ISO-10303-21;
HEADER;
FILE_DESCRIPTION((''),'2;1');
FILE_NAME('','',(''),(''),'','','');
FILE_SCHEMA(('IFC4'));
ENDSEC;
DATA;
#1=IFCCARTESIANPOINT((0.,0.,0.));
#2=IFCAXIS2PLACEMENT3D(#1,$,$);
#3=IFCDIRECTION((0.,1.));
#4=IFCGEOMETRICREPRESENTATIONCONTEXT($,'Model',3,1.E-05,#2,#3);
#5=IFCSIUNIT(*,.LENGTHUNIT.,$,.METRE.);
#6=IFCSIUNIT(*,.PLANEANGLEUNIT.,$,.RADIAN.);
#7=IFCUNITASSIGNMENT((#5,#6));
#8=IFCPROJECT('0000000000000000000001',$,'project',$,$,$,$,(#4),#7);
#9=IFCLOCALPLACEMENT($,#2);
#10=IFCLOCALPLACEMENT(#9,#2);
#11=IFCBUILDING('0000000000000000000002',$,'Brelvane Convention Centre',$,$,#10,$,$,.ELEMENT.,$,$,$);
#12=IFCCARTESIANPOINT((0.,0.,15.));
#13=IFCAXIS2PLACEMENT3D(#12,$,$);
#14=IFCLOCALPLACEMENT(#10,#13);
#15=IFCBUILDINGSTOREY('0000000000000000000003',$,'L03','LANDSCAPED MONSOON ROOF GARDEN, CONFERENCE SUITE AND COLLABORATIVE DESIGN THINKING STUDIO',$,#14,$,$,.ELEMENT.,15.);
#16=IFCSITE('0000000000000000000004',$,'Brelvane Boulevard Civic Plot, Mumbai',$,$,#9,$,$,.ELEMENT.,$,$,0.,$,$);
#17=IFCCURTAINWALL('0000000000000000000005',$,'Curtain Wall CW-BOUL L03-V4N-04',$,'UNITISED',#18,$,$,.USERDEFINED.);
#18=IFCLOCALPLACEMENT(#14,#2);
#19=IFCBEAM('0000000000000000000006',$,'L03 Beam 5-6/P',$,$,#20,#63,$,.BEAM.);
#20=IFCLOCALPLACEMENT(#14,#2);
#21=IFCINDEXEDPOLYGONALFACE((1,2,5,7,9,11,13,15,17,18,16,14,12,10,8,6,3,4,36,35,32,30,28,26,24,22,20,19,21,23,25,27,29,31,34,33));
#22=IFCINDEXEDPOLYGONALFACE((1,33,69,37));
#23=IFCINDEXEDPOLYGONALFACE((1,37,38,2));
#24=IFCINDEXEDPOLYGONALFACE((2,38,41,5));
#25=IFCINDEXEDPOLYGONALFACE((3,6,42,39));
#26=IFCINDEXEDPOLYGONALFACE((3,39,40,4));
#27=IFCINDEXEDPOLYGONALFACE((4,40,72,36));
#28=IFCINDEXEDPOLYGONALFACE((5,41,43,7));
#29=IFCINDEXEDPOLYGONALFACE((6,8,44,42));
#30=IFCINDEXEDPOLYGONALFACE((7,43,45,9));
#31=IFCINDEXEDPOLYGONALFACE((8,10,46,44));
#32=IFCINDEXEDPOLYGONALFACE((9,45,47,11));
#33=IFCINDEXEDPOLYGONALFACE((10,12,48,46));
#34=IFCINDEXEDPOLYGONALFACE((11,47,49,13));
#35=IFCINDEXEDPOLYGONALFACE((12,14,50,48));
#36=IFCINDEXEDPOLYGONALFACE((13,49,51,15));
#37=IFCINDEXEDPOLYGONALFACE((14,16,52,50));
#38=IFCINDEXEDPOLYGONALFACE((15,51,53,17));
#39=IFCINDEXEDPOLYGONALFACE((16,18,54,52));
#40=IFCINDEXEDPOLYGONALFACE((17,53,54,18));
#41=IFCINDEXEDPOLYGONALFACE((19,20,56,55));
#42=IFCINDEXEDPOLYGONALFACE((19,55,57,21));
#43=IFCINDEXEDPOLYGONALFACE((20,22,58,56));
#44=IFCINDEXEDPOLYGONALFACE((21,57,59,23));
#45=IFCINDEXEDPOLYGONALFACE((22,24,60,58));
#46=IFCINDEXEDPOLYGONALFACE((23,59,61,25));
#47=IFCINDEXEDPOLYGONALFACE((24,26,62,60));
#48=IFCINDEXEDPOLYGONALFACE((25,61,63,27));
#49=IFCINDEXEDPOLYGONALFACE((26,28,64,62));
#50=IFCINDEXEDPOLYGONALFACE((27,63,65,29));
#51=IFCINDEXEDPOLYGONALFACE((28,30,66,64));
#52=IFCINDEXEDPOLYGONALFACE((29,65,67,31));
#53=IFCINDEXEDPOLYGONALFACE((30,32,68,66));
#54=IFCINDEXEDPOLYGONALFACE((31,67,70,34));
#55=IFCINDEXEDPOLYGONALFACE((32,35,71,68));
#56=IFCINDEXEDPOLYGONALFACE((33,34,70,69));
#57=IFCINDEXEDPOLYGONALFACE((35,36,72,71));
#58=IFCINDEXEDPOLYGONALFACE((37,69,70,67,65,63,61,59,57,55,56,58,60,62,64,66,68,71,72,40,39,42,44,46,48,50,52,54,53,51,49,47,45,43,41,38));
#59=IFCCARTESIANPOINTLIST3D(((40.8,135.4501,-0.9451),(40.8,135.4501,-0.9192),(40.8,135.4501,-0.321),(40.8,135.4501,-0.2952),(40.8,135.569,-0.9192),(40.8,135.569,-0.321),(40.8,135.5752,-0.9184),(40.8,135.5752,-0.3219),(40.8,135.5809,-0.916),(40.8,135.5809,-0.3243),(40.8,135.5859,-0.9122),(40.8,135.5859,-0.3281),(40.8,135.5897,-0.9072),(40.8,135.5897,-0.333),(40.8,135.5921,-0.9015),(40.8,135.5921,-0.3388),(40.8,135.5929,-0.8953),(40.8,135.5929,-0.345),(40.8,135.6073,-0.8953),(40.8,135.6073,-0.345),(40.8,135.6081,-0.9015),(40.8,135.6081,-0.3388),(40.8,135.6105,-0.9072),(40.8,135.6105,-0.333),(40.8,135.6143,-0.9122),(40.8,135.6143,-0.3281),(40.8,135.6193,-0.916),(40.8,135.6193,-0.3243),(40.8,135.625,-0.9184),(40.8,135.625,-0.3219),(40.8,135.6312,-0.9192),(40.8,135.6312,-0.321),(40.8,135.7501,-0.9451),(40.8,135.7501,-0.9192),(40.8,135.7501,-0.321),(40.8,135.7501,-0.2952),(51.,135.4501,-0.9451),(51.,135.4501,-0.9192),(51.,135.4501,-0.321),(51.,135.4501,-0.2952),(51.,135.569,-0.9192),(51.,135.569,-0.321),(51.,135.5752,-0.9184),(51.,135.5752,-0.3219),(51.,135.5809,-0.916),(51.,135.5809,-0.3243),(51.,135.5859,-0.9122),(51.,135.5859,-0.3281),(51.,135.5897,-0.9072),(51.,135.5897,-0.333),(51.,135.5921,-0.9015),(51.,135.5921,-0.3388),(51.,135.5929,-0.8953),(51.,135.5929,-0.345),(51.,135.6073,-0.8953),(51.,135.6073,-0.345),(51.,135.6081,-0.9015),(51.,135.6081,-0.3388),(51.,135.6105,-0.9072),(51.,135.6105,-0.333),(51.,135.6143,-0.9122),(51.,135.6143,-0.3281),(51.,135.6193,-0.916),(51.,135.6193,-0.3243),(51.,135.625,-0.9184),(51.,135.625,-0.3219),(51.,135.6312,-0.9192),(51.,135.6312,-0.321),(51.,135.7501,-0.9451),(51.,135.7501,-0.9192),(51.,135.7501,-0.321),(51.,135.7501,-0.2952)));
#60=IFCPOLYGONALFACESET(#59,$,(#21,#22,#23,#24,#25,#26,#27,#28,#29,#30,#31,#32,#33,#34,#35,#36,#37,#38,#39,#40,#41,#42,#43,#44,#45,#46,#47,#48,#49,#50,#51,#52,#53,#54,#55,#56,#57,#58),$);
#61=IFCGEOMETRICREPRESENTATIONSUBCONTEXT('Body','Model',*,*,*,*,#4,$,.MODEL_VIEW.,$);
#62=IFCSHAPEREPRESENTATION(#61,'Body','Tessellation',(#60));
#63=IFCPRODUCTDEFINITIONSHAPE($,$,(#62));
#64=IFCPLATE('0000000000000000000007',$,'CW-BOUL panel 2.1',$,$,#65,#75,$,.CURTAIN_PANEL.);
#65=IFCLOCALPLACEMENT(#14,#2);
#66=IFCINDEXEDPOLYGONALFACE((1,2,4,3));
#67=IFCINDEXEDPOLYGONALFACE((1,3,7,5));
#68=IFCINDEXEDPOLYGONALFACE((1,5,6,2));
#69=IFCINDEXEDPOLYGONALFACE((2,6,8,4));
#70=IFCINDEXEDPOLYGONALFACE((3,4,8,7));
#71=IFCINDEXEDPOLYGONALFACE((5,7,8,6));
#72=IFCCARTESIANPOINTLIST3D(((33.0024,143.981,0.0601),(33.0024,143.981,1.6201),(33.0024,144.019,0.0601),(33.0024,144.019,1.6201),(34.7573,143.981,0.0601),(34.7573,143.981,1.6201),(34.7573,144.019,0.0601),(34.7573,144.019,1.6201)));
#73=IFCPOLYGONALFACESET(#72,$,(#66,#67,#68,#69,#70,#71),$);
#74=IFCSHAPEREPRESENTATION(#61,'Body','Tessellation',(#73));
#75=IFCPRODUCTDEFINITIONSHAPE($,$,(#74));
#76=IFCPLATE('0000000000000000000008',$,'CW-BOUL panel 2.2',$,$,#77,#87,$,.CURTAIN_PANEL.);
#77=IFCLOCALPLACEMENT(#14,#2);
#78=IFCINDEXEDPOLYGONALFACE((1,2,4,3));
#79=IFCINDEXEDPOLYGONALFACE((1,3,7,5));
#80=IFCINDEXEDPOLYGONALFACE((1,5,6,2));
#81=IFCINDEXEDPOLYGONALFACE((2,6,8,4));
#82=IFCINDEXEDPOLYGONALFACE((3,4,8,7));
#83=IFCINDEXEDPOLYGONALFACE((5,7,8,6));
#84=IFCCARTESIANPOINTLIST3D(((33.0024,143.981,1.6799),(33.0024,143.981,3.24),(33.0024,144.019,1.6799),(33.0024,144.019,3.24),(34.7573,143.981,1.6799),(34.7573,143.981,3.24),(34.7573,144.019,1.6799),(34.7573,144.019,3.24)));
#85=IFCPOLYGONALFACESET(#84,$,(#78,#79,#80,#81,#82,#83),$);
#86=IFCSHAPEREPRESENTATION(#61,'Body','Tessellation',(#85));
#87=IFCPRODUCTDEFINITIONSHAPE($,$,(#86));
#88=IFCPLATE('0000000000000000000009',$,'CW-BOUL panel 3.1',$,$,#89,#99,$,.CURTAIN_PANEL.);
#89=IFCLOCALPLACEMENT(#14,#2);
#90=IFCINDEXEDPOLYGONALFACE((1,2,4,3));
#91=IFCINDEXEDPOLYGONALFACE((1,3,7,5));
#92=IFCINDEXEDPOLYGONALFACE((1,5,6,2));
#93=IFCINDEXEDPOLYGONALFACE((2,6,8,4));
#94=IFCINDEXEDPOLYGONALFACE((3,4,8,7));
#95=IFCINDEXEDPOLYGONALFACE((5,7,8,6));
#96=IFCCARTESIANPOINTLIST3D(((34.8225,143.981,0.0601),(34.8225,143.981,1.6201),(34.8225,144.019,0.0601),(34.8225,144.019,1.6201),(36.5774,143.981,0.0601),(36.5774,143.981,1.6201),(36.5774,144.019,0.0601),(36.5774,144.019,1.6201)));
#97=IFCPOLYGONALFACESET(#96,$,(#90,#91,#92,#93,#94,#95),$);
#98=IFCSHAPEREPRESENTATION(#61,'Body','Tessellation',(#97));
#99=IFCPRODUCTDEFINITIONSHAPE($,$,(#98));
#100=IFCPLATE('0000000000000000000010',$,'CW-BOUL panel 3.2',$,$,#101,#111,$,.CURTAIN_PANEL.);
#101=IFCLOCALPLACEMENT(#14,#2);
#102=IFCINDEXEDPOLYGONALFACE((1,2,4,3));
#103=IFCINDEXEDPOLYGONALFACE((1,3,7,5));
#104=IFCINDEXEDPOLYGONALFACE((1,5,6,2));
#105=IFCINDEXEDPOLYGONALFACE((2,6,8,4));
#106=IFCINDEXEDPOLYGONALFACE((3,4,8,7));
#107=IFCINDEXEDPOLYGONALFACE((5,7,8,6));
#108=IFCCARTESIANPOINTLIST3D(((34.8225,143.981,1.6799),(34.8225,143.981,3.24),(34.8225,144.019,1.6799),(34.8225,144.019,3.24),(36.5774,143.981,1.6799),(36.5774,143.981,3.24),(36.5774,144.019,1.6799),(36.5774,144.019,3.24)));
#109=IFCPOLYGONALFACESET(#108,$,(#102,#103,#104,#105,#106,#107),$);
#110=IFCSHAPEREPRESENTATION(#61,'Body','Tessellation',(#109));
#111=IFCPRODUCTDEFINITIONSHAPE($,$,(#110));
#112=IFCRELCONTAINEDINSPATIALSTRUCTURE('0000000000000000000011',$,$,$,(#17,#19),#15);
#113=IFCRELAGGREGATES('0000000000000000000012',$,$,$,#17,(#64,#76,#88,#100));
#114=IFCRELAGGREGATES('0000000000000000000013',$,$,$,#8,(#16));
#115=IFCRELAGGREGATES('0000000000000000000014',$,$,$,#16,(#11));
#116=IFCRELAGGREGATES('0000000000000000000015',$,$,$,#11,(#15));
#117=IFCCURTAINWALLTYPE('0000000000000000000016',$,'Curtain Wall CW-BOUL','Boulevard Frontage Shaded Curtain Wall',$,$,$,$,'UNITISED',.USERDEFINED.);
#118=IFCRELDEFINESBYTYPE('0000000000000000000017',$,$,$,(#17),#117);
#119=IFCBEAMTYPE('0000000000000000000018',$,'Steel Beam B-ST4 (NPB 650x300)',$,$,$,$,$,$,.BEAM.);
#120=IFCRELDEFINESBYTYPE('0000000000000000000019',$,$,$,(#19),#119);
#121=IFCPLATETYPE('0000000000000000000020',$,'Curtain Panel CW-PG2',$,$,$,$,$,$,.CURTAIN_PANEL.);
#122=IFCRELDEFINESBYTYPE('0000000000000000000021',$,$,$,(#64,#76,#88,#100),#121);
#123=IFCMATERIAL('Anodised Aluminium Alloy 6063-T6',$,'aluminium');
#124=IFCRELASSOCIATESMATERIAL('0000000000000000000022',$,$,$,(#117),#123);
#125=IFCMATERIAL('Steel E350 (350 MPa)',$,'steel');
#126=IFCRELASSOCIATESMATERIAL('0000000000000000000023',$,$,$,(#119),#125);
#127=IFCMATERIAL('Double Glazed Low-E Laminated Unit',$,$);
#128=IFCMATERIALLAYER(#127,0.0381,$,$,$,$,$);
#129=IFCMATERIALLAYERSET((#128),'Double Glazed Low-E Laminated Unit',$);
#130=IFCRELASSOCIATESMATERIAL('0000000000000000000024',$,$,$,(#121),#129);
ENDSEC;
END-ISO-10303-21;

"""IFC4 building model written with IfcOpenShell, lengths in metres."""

from ifc_helpers import new_model, si_unit, direction, frame, origin, origin_2d, place, context, subcontext, project, spatial, rectangle, i_section, extrude, material, layer, layer_set, material_profile, profile_set, type_object, element, aggregate, save


model = new_model("IFC4")

# Units and contexts
model_context = context("Model", 3, precision=1e-05, world=origin(), true_north=direction((0.0, 1.0)))
body_context = subcontext(model_context, "Body", "Model", "MODEL_VIEW")
ifc_project = project(units=[si_unit("LENGTHUNIT", "METRE"), si_unit("PLANEANGLEUNIT", "RADIAN")], contexts=[model_context])

# Site, building, storey
site_placement = place(None, origin())
site = spatial("IfcSite", under=ifc_project, at=site_placement, Name="Brelvane Boulevard Civic Plot, Mumbai", CompositionType="ELEMENT", RefElevation=0.0)
building_placement = place(site_placement, origin())
building = spatial("IfcBuilding", under=site, at=building_placement, Name="Brelvane Convention Centre", CompositionType="ELEMENT")
storey_placement = place(building_placement, frame((0.0, 0.0, 15.0)))
storey = spatial("IfcBuildingStorey", under=building, at=storey_placement, Name="L03", Description="LANDSCAPED MONSOON ROOF GARDEN, CONFERENCE SUITE AND COLLABORATIVE DESIGN THINKING STUDIO", CompositionType="ELEMENT", Elevation=15.0)

# Curtain wall
ifc_material_1 = material(Name="Anodised Aluminium Alloy 6063-T6", Category="aluminium")
curtain_wall_type = type_object("IfcCurtainWallType", Name="Curtain Wall CW-BOUL", Description="Boulevard Frontage Shaded Curtain Wall", ElementType="UNITISED", PredefinedType="USERDEFINED", material=ifc_material_1)
curtain_wall_placement = place(storey_placement, origin())
curtain_wall = element("IfcCurtainWall", 1, at=curtain_wall_placement, inside=storey, type_object=curtain_wall_type, Name="Curtain Wall CW-BOUL L03-V4N-04", ObjectType="UNITISED", PredefinedType="USERDEFINED")

# Beam
ifc_material_2 = material(Name="Steel E350 (350 MPa)", Category="steel")
ifc_material_profile_1 = material_profile(ifc_material_2, i_section(OverallWidth=0.3, OverallDepth=0.6499, WebThickness=0.0144, FlangeThickness=0.0259, FilletRadius=0.0239, at=origin_2d()), Name="NPB 650x300")
ifc_profile_set_1 = profile_set([ifc_material_profile_1], Name="Steel E350 (350 MPa)")
beam_type_1 = type_object("IfcBeamType", Name="Steel Beam B-ST4 (NPB 650x300)", PredefinedType="BEAM", material=ifc_profile_set_1)
for number, where, z_axis, x_axis, name in (
    (2, (40.8, 135.6001, -0.6201), (1.0, 0.0, 0.0), (0.0, 1.0, 0.0), "L03 Beam 5-6/P"),
):
    element("IfcBeam", number, at=place(storey_placement, frame(where, z_axis=z_axis, x_axis=x_axis)), inside=storey, type_object=beam_type_1, Name=name, PredefinedType="BEAM", context=body_context, shape_type="SweptSolid", body=[
        extrude(i_section(OverallWidth=0.3, OverallDepth=0.6499, WebThickness=0.0144, FlangeThickness=0.0259, FilletRadius=0.0239, at=origin_2d()), origin(), (0.0, 0.0, 1.0), 10.2),
    ])

# Plates
ifc_material_3 = material(Name="Double Glazed Low-E Laminated Unit")
ifc_layer = layer(ifc_material_3, 0.0381)
ifc_layer_set = layer_set([ifc_layer], Name="Double Glazed Low-E Laminated Unit")
plate_type = type_object("IfcPlateType", Name="Curtain Panel CW-PG2", PredefinedType="CURTAIN_PANEL", material=ifc_layer_set)
plate_1_placement = place(storey_placement, frame((33.8799, 144.0, 0.0601), z_axis=(0.0, 0.0, 1.0), x_axis=(1.0, 0.0, 0.0)))
plate_1 = element("IfcPlate", 3, at=plate_1_placement, type_object=plate_type, Name="CW-BOUL panel 2.1", PredefinedType="CURTAIN_PANEL", context=body_context, shape_type="SweptSolid", body=[
    extrude(rectangle(XDim=1.7549, YDim=0.0381, at=origin_2d()), origin(), (0.0, 0.0, 1.0), 1.5601),
])
plate_2_placement = place(storey_placement, frame((33.8799, 144.0, 1.6799), z_axis=(0.0, 0.0, 1.0), x_axis=(1.0, 0.0, 0.0)))
plate_2 = element("IfcPlate", 4, at=plate_2_placement, type_object=plate_type, Name="CW-BOUL panel 2.2", PredefinedType="CURTAIN_PANEL", context=body_context, shape_type="SweptSolid", body=[
    extrude(rectangle(XDim=1.7549, YDim=0.0381, at=origin_2d()), origin(), (0.0, 0.0, 1.0), 1.5601),
])
plate_3_placement = place(storey_placement, frame((35.7, 144.0, 0.0601), z_axis=(0.0, 0.0, 1.0), x_axis=(1.0, 0.0, 0.0)))
plate_3 = element("IfcPlate", 5, at=plate_3_placement, type_object=plate_type, Name="CW-BOUL panel 3.1", PredefinedType="CURTAIN_PANEL", context=body_context, shape_type="SweptSolid", body=[
    extrude(rectangle(XDim=1.7549, YDim=0.0381, at=origin_2d()), origin(), (0.0, 0.0, 1.0), 1.5601),
])
plate_4_placement = place(storey_placement, frame((35.7, 144.0, 1.6799), z_axis=(0.0, 0.0, 1.0), x_axis=(1.0, 0.0, 0.0)))
plate_4 = element("IfcPlate", 6, at=plate_4_placement, type_object=plate_type, Name="CW-BOUL panel 3.2", PredefinedType="CURTAIN_PANEL", context=body_context, shape_type="SweptSolid", body=[
    extrude(rectangle(XDim=1.7549, YDim=0.0381, at=origin_2d()), origin(), (0.0, 0.0, 1.0), 1.5601),
])
aggregate(curtain_wall, [plate_1, plate_2, plate_3, plate_4])

save(model, "model.ifc")
